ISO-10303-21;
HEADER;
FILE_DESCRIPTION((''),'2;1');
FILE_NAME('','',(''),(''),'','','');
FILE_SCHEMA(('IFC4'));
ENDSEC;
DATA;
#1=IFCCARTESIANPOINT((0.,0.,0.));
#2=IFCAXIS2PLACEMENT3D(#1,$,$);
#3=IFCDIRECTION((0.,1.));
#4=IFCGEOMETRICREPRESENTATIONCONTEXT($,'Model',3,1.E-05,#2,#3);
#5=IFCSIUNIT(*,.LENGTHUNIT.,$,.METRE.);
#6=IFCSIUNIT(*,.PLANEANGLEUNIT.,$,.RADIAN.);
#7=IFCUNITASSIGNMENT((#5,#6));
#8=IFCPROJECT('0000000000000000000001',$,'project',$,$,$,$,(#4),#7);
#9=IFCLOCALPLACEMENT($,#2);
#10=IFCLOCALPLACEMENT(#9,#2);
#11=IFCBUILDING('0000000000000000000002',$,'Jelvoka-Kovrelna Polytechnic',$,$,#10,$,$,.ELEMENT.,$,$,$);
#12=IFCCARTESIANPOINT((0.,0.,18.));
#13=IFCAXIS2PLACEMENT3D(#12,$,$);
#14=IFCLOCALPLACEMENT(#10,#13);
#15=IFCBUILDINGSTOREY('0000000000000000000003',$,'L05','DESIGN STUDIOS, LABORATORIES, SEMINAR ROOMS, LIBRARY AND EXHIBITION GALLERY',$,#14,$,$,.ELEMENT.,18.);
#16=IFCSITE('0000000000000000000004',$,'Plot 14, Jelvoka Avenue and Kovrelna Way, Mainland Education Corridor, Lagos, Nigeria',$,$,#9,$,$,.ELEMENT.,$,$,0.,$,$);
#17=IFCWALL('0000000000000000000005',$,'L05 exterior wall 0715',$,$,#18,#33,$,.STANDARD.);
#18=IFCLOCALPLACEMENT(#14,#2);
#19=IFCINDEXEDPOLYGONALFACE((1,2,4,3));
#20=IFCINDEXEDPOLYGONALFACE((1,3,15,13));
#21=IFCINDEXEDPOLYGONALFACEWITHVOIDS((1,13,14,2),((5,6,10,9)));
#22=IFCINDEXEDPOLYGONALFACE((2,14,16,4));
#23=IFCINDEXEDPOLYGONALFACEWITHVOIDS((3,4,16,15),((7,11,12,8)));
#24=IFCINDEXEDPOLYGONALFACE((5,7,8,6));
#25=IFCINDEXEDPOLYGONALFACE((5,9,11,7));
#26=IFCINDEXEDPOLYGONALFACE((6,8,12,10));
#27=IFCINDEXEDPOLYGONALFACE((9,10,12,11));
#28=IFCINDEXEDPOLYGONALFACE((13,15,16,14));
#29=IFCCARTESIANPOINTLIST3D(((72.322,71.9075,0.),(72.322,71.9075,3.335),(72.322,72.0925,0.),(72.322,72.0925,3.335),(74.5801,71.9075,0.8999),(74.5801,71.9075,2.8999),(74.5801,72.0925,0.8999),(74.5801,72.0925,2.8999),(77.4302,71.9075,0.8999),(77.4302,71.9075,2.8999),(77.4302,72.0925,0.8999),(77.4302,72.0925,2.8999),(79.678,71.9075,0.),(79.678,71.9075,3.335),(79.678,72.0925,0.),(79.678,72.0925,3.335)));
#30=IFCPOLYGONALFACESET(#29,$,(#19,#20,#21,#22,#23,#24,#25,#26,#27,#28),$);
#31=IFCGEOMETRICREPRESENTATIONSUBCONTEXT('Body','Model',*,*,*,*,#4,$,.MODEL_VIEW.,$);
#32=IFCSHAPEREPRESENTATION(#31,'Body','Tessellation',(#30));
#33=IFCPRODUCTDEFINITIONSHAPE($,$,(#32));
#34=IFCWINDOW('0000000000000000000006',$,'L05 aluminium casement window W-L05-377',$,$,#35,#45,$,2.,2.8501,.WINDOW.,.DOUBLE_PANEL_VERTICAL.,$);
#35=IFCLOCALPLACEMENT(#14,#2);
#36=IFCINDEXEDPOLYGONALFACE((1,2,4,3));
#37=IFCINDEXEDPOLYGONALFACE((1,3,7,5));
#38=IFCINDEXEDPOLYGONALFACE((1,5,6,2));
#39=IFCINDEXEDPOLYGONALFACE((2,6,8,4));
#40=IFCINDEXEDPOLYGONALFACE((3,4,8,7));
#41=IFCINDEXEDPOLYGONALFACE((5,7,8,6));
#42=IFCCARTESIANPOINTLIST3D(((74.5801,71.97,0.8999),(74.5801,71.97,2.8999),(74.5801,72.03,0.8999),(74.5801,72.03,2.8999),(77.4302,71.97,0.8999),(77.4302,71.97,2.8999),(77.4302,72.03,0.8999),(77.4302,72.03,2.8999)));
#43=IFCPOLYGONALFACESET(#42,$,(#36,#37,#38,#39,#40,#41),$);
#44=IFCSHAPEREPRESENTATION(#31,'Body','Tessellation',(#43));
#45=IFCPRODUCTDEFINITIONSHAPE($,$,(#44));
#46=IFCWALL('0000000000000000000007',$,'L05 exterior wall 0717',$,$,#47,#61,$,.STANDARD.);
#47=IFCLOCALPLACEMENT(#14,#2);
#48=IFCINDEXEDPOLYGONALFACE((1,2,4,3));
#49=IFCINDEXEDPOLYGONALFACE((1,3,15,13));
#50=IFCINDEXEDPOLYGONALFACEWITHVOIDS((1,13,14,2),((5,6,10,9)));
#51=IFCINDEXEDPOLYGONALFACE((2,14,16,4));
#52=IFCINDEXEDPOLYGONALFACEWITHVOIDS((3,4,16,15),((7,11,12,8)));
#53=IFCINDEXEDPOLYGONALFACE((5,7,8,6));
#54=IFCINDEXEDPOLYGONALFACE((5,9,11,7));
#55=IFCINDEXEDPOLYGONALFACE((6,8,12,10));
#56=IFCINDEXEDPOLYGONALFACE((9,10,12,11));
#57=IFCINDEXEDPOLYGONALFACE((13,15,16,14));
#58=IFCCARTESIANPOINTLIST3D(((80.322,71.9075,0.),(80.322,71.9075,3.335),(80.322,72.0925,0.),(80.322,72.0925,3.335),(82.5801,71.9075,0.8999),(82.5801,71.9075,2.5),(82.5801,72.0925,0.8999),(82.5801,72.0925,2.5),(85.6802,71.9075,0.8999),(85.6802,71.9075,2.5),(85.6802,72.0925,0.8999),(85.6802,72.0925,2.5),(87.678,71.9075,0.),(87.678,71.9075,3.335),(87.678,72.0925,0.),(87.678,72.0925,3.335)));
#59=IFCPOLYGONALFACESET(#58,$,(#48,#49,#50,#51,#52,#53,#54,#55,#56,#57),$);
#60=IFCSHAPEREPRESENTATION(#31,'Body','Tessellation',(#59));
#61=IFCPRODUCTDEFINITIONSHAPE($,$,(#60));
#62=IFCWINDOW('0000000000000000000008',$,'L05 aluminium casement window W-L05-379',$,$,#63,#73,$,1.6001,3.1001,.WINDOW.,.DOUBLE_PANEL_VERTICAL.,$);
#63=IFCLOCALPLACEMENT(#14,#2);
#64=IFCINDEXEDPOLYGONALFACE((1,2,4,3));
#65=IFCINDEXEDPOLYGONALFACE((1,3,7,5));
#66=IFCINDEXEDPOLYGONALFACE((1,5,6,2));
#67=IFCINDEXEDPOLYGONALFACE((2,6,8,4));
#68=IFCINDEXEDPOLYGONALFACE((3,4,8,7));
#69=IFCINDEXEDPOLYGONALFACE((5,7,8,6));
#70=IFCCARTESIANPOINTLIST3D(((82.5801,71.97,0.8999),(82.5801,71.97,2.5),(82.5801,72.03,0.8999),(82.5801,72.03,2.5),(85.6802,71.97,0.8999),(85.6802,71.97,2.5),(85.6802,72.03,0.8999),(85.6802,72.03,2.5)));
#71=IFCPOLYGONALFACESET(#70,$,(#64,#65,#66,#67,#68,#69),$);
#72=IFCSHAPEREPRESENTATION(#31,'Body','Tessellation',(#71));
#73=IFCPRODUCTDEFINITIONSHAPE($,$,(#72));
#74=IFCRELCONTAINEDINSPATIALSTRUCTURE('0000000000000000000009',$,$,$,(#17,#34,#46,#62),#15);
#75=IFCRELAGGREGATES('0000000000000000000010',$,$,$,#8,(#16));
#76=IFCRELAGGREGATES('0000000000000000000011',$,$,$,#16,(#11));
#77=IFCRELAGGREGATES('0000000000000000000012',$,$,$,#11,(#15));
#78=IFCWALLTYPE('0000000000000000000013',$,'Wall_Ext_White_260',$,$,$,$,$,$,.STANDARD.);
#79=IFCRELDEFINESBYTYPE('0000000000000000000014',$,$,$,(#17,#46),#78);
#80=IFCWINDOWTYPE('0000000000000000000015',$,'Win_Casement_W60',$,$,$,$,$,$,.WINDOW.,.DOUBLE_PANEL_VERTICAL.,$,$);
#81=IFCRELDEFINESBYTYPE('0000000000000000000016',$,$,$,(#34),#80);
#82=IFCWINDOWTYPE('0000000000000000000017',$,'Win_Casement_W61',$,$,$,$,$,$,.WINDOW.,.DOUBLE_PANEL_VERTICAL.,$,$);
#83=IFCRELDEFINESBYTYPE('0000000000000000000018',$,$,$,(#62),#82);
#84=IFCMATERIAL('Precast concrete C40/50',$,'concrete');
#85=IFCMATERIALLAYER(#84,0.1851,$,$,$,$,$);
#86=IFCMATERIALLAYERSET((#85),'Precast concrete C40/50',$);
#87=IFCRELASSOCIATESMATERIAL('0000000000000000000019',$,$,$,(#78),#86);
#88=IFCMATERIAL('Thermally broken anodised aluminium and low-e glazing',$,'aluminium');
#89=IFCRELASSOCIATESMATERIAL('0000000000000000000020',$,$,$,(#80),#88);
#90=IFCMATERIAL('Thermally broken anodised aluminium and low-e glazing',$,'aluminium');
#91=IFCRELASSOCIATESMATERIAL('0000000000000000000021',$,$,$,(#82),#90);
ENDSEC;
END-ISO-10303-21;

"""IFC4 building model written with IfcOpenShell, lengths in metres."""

from ifc_helpers import new_model, si_unit, direction, frame, frame_2d, origin, place, context, subcontext, project, spatial, rectangle, extrude, material, layer, layer_set, type_object, element, fill, save


model = new_model("IFC4")

# Units and contexts
model_context = context("Model", 3, precision=1e-05, world=origin(), true_north=direction((0.0, 1.0)))
body_context = subcontext(model_context, "Body", "Model", "MODEL_VIEW")
ifc_project = project(units=[si_unit("LENGTHUNIT", "METRE"), si_unit("PLANEANGLEUNIT", "RADIAN")], contexts=[model_context])

# Site, building, storey
site_placement = place(None, origin())
site = spatial("IfcSite", under=ifc_project, at=site_placement, Name="Plot 14, Jelvoka Avenue and Kovrelna Way, Mainland Education Corridor, Lagos, Nigeria", CompositionType="ELEMENT", RefElevation=0.0)
building_placement = place(site_placement, origin())
building = spatial("IfcBuilding", under=site, at=building_placement, Name="Jelvoka-Kovrelna Polytechnic", CompositionType="ELEMENT")
storey_placement = place(building_placement, frame((0.0, 0.0, 18.0)))
storey = spatial("IfcBuildingStorey", under=building, at=storey_placement, Name="L05", Description="DESIGN STUDIOS, LABORATORIES, SEMINAR ROOMS, LIBRARY AND EXHIBITION GALLERY", CompositionType="ELEMENT", Elevation=18.0)

# Walls, openings, windows
ifc_material_1 = material(Name="Precast concrete C40/50", Category="concrete")
ifc_layer = layer(ifc_material_1, 0.1851)
ifc_layer_set = layer_set([ifc_layer], Name="Precast concrete C40/50")
wall_type = type_object("IfcWallType", Name="Wall_Ext_White_260", PredefinedType="STANDARD", material=ifc_layer_set)
wall_1_placement = place(storey_placement, frame((72.322, 72.0, 0.0), z_axis=(0.0, 0.0, 1.0), x_axis=(1.0, 0.0, 0.0)))
wall_1 = element("IfcWall", 1, at=wall_1_placement, inside=storey, type_object=wall_type, Name="L05 exterior wall 0715", PredefinedType="STANDARD", context=body_context, shape_type="SweptSolid", body=[
    extrude(rectangle(XDim=7.356, YDim=0.1851, at=frame_2d((3.678, 0.0))), origin(), (0.0, 0.0, 1.0), 3.335),
])
opening_1_placement = place(wall_1_placement, frame((2.2581, 0.0, 0.8999)))
opening_1 = element("IfcOpeningElement", 2, at=opening_1_placement, cuts=wall_1, PredefinedType="OPENING", context=body_context, shape_type="SweptSolid", body=[
    extrude(rectangle(XDim=2.8501, YDim=2.0, at=frame_2d((1.425, 1.0))), frame((0.0, 0.1025, 0.0), z_axis=(0.0, -1.0, 0.0), x_axis=(1.0, 0.0, 0.0)), (0.0, 0.0, 1.0), 0.2051),
])
ifc_material_2 = material(Name="Thermally broken anodised aluminium and low-e glazing", Category="aluminium")
window_type_1 = type_object("IfcWindowType", Name="Win_Casement_W60", PartitioningType="DOUBLE_PANEL_VERTICAL", PredefinedType="WINDOW", material=ifc_material_2)
window_1_placement = place(opening_1_placement, origin())
window_1 = element("IfcWindow", 3, at=window_1_placement, inside=storey, type_object=window_type_1, Name="L05 aluminium casement window W-L05-377", OverallHeight=2.0, OverallWidth=2.8501, PartitioningType="DOUBLE_PANEL_VERTICAL", PredefinedType="WINDOW", context=body_context, shape_type="SweptSolid", body=[
    extrude(rectangle(XDim=2.8501, YDim=2.0, at=frame_2d((1.425, 1.0))), frame((0.0, 0.03, 0.0), z_axis=(0.0, -1.0, 0.0), x_axis=(1.0, 0.0, 0.0)), (0.0, 0.0, 1.0), 0.0601),
])
fill(opening_1, window_1)
wall_2_placement = place(storey_placement, frame((80.322, 72.0, 0.0), z_axis=(0.0, 0.0, 1.0), x_axis=(1.0, 0.0, 0.0)))
wall_2 = element("IfcWall", 4, at=wall_2_placement, inside=storey, type_object=wall_type, Name="L05 exterior wall 0717", PredefinedType="STANDARD", context=body_context, shape_type="SweptSolid", body=[
    extrude(rectangle(XDim=7.356, YDim=0.1851, at=frame_2d((3.678, 0.0))), origin(), (0.0, 0.0, 1.0), 3.335),
])
opening_2_placement = place(wall_2_placement, frame((2.2581, 0.0, 0.8999)))
opening_2 = element("IfcOpeningElement", 5, at=opening_2_placement, cuts=wall_2, PredefinedType="OPENING", context=body_context, shape_type="SweptSolid", body=[
    extrude(rectangle(XDim=3.1001, YDim=1.6001, at=frame_2d((1.55, 0.8))), frame((0.0, 0.1025, 0.0), z_axis=(0.0, -1.0, 0.0), x_axis=(1.0, 0.0, 0.0)), (0.0, 0.0, 1.0), 0.2051),
])
ifc_material_3 = material(Name="Thermally broken anodised aluminium and low-e glazing", Category="aluminium")
window_type_2 = type_object("IfcWindowType", Name="Win_Casement_W61", PartitioningType="DOUBLE_PANEL_VERTICAL", PredefinedType="WINDOW", material=ifc_material_3)
window_2_placement = place(opening_2_placement, origin())
window_2 = element("IfcWindow", 6, at=window_2_placement, inside=storey, type_object=window_type_2, Name="L05 aluminium casement window W-L05-379", OverallHeight=1.6001, OverallWidth=3.1001, PartitioningType="DOUBLE_PANEL_VERTICAL", PredefinedType="WINDOW", context=body_context, shape_type="SweptSolid", body=[
    extrude(rectangle(XDim=3.1001, YDim=1.6001, at=frame_2d((1.55, 0.8))), frame((0.0, 0.03, 0.0), z_axis=(0.0, -1.0, 0.0), x_axis=(1.0, 0.0, 0.0)), (0.0, 0.0, 1.0), 0.0601),
])
fill(opening_2, window_2)

save(model, "model.ifc")
